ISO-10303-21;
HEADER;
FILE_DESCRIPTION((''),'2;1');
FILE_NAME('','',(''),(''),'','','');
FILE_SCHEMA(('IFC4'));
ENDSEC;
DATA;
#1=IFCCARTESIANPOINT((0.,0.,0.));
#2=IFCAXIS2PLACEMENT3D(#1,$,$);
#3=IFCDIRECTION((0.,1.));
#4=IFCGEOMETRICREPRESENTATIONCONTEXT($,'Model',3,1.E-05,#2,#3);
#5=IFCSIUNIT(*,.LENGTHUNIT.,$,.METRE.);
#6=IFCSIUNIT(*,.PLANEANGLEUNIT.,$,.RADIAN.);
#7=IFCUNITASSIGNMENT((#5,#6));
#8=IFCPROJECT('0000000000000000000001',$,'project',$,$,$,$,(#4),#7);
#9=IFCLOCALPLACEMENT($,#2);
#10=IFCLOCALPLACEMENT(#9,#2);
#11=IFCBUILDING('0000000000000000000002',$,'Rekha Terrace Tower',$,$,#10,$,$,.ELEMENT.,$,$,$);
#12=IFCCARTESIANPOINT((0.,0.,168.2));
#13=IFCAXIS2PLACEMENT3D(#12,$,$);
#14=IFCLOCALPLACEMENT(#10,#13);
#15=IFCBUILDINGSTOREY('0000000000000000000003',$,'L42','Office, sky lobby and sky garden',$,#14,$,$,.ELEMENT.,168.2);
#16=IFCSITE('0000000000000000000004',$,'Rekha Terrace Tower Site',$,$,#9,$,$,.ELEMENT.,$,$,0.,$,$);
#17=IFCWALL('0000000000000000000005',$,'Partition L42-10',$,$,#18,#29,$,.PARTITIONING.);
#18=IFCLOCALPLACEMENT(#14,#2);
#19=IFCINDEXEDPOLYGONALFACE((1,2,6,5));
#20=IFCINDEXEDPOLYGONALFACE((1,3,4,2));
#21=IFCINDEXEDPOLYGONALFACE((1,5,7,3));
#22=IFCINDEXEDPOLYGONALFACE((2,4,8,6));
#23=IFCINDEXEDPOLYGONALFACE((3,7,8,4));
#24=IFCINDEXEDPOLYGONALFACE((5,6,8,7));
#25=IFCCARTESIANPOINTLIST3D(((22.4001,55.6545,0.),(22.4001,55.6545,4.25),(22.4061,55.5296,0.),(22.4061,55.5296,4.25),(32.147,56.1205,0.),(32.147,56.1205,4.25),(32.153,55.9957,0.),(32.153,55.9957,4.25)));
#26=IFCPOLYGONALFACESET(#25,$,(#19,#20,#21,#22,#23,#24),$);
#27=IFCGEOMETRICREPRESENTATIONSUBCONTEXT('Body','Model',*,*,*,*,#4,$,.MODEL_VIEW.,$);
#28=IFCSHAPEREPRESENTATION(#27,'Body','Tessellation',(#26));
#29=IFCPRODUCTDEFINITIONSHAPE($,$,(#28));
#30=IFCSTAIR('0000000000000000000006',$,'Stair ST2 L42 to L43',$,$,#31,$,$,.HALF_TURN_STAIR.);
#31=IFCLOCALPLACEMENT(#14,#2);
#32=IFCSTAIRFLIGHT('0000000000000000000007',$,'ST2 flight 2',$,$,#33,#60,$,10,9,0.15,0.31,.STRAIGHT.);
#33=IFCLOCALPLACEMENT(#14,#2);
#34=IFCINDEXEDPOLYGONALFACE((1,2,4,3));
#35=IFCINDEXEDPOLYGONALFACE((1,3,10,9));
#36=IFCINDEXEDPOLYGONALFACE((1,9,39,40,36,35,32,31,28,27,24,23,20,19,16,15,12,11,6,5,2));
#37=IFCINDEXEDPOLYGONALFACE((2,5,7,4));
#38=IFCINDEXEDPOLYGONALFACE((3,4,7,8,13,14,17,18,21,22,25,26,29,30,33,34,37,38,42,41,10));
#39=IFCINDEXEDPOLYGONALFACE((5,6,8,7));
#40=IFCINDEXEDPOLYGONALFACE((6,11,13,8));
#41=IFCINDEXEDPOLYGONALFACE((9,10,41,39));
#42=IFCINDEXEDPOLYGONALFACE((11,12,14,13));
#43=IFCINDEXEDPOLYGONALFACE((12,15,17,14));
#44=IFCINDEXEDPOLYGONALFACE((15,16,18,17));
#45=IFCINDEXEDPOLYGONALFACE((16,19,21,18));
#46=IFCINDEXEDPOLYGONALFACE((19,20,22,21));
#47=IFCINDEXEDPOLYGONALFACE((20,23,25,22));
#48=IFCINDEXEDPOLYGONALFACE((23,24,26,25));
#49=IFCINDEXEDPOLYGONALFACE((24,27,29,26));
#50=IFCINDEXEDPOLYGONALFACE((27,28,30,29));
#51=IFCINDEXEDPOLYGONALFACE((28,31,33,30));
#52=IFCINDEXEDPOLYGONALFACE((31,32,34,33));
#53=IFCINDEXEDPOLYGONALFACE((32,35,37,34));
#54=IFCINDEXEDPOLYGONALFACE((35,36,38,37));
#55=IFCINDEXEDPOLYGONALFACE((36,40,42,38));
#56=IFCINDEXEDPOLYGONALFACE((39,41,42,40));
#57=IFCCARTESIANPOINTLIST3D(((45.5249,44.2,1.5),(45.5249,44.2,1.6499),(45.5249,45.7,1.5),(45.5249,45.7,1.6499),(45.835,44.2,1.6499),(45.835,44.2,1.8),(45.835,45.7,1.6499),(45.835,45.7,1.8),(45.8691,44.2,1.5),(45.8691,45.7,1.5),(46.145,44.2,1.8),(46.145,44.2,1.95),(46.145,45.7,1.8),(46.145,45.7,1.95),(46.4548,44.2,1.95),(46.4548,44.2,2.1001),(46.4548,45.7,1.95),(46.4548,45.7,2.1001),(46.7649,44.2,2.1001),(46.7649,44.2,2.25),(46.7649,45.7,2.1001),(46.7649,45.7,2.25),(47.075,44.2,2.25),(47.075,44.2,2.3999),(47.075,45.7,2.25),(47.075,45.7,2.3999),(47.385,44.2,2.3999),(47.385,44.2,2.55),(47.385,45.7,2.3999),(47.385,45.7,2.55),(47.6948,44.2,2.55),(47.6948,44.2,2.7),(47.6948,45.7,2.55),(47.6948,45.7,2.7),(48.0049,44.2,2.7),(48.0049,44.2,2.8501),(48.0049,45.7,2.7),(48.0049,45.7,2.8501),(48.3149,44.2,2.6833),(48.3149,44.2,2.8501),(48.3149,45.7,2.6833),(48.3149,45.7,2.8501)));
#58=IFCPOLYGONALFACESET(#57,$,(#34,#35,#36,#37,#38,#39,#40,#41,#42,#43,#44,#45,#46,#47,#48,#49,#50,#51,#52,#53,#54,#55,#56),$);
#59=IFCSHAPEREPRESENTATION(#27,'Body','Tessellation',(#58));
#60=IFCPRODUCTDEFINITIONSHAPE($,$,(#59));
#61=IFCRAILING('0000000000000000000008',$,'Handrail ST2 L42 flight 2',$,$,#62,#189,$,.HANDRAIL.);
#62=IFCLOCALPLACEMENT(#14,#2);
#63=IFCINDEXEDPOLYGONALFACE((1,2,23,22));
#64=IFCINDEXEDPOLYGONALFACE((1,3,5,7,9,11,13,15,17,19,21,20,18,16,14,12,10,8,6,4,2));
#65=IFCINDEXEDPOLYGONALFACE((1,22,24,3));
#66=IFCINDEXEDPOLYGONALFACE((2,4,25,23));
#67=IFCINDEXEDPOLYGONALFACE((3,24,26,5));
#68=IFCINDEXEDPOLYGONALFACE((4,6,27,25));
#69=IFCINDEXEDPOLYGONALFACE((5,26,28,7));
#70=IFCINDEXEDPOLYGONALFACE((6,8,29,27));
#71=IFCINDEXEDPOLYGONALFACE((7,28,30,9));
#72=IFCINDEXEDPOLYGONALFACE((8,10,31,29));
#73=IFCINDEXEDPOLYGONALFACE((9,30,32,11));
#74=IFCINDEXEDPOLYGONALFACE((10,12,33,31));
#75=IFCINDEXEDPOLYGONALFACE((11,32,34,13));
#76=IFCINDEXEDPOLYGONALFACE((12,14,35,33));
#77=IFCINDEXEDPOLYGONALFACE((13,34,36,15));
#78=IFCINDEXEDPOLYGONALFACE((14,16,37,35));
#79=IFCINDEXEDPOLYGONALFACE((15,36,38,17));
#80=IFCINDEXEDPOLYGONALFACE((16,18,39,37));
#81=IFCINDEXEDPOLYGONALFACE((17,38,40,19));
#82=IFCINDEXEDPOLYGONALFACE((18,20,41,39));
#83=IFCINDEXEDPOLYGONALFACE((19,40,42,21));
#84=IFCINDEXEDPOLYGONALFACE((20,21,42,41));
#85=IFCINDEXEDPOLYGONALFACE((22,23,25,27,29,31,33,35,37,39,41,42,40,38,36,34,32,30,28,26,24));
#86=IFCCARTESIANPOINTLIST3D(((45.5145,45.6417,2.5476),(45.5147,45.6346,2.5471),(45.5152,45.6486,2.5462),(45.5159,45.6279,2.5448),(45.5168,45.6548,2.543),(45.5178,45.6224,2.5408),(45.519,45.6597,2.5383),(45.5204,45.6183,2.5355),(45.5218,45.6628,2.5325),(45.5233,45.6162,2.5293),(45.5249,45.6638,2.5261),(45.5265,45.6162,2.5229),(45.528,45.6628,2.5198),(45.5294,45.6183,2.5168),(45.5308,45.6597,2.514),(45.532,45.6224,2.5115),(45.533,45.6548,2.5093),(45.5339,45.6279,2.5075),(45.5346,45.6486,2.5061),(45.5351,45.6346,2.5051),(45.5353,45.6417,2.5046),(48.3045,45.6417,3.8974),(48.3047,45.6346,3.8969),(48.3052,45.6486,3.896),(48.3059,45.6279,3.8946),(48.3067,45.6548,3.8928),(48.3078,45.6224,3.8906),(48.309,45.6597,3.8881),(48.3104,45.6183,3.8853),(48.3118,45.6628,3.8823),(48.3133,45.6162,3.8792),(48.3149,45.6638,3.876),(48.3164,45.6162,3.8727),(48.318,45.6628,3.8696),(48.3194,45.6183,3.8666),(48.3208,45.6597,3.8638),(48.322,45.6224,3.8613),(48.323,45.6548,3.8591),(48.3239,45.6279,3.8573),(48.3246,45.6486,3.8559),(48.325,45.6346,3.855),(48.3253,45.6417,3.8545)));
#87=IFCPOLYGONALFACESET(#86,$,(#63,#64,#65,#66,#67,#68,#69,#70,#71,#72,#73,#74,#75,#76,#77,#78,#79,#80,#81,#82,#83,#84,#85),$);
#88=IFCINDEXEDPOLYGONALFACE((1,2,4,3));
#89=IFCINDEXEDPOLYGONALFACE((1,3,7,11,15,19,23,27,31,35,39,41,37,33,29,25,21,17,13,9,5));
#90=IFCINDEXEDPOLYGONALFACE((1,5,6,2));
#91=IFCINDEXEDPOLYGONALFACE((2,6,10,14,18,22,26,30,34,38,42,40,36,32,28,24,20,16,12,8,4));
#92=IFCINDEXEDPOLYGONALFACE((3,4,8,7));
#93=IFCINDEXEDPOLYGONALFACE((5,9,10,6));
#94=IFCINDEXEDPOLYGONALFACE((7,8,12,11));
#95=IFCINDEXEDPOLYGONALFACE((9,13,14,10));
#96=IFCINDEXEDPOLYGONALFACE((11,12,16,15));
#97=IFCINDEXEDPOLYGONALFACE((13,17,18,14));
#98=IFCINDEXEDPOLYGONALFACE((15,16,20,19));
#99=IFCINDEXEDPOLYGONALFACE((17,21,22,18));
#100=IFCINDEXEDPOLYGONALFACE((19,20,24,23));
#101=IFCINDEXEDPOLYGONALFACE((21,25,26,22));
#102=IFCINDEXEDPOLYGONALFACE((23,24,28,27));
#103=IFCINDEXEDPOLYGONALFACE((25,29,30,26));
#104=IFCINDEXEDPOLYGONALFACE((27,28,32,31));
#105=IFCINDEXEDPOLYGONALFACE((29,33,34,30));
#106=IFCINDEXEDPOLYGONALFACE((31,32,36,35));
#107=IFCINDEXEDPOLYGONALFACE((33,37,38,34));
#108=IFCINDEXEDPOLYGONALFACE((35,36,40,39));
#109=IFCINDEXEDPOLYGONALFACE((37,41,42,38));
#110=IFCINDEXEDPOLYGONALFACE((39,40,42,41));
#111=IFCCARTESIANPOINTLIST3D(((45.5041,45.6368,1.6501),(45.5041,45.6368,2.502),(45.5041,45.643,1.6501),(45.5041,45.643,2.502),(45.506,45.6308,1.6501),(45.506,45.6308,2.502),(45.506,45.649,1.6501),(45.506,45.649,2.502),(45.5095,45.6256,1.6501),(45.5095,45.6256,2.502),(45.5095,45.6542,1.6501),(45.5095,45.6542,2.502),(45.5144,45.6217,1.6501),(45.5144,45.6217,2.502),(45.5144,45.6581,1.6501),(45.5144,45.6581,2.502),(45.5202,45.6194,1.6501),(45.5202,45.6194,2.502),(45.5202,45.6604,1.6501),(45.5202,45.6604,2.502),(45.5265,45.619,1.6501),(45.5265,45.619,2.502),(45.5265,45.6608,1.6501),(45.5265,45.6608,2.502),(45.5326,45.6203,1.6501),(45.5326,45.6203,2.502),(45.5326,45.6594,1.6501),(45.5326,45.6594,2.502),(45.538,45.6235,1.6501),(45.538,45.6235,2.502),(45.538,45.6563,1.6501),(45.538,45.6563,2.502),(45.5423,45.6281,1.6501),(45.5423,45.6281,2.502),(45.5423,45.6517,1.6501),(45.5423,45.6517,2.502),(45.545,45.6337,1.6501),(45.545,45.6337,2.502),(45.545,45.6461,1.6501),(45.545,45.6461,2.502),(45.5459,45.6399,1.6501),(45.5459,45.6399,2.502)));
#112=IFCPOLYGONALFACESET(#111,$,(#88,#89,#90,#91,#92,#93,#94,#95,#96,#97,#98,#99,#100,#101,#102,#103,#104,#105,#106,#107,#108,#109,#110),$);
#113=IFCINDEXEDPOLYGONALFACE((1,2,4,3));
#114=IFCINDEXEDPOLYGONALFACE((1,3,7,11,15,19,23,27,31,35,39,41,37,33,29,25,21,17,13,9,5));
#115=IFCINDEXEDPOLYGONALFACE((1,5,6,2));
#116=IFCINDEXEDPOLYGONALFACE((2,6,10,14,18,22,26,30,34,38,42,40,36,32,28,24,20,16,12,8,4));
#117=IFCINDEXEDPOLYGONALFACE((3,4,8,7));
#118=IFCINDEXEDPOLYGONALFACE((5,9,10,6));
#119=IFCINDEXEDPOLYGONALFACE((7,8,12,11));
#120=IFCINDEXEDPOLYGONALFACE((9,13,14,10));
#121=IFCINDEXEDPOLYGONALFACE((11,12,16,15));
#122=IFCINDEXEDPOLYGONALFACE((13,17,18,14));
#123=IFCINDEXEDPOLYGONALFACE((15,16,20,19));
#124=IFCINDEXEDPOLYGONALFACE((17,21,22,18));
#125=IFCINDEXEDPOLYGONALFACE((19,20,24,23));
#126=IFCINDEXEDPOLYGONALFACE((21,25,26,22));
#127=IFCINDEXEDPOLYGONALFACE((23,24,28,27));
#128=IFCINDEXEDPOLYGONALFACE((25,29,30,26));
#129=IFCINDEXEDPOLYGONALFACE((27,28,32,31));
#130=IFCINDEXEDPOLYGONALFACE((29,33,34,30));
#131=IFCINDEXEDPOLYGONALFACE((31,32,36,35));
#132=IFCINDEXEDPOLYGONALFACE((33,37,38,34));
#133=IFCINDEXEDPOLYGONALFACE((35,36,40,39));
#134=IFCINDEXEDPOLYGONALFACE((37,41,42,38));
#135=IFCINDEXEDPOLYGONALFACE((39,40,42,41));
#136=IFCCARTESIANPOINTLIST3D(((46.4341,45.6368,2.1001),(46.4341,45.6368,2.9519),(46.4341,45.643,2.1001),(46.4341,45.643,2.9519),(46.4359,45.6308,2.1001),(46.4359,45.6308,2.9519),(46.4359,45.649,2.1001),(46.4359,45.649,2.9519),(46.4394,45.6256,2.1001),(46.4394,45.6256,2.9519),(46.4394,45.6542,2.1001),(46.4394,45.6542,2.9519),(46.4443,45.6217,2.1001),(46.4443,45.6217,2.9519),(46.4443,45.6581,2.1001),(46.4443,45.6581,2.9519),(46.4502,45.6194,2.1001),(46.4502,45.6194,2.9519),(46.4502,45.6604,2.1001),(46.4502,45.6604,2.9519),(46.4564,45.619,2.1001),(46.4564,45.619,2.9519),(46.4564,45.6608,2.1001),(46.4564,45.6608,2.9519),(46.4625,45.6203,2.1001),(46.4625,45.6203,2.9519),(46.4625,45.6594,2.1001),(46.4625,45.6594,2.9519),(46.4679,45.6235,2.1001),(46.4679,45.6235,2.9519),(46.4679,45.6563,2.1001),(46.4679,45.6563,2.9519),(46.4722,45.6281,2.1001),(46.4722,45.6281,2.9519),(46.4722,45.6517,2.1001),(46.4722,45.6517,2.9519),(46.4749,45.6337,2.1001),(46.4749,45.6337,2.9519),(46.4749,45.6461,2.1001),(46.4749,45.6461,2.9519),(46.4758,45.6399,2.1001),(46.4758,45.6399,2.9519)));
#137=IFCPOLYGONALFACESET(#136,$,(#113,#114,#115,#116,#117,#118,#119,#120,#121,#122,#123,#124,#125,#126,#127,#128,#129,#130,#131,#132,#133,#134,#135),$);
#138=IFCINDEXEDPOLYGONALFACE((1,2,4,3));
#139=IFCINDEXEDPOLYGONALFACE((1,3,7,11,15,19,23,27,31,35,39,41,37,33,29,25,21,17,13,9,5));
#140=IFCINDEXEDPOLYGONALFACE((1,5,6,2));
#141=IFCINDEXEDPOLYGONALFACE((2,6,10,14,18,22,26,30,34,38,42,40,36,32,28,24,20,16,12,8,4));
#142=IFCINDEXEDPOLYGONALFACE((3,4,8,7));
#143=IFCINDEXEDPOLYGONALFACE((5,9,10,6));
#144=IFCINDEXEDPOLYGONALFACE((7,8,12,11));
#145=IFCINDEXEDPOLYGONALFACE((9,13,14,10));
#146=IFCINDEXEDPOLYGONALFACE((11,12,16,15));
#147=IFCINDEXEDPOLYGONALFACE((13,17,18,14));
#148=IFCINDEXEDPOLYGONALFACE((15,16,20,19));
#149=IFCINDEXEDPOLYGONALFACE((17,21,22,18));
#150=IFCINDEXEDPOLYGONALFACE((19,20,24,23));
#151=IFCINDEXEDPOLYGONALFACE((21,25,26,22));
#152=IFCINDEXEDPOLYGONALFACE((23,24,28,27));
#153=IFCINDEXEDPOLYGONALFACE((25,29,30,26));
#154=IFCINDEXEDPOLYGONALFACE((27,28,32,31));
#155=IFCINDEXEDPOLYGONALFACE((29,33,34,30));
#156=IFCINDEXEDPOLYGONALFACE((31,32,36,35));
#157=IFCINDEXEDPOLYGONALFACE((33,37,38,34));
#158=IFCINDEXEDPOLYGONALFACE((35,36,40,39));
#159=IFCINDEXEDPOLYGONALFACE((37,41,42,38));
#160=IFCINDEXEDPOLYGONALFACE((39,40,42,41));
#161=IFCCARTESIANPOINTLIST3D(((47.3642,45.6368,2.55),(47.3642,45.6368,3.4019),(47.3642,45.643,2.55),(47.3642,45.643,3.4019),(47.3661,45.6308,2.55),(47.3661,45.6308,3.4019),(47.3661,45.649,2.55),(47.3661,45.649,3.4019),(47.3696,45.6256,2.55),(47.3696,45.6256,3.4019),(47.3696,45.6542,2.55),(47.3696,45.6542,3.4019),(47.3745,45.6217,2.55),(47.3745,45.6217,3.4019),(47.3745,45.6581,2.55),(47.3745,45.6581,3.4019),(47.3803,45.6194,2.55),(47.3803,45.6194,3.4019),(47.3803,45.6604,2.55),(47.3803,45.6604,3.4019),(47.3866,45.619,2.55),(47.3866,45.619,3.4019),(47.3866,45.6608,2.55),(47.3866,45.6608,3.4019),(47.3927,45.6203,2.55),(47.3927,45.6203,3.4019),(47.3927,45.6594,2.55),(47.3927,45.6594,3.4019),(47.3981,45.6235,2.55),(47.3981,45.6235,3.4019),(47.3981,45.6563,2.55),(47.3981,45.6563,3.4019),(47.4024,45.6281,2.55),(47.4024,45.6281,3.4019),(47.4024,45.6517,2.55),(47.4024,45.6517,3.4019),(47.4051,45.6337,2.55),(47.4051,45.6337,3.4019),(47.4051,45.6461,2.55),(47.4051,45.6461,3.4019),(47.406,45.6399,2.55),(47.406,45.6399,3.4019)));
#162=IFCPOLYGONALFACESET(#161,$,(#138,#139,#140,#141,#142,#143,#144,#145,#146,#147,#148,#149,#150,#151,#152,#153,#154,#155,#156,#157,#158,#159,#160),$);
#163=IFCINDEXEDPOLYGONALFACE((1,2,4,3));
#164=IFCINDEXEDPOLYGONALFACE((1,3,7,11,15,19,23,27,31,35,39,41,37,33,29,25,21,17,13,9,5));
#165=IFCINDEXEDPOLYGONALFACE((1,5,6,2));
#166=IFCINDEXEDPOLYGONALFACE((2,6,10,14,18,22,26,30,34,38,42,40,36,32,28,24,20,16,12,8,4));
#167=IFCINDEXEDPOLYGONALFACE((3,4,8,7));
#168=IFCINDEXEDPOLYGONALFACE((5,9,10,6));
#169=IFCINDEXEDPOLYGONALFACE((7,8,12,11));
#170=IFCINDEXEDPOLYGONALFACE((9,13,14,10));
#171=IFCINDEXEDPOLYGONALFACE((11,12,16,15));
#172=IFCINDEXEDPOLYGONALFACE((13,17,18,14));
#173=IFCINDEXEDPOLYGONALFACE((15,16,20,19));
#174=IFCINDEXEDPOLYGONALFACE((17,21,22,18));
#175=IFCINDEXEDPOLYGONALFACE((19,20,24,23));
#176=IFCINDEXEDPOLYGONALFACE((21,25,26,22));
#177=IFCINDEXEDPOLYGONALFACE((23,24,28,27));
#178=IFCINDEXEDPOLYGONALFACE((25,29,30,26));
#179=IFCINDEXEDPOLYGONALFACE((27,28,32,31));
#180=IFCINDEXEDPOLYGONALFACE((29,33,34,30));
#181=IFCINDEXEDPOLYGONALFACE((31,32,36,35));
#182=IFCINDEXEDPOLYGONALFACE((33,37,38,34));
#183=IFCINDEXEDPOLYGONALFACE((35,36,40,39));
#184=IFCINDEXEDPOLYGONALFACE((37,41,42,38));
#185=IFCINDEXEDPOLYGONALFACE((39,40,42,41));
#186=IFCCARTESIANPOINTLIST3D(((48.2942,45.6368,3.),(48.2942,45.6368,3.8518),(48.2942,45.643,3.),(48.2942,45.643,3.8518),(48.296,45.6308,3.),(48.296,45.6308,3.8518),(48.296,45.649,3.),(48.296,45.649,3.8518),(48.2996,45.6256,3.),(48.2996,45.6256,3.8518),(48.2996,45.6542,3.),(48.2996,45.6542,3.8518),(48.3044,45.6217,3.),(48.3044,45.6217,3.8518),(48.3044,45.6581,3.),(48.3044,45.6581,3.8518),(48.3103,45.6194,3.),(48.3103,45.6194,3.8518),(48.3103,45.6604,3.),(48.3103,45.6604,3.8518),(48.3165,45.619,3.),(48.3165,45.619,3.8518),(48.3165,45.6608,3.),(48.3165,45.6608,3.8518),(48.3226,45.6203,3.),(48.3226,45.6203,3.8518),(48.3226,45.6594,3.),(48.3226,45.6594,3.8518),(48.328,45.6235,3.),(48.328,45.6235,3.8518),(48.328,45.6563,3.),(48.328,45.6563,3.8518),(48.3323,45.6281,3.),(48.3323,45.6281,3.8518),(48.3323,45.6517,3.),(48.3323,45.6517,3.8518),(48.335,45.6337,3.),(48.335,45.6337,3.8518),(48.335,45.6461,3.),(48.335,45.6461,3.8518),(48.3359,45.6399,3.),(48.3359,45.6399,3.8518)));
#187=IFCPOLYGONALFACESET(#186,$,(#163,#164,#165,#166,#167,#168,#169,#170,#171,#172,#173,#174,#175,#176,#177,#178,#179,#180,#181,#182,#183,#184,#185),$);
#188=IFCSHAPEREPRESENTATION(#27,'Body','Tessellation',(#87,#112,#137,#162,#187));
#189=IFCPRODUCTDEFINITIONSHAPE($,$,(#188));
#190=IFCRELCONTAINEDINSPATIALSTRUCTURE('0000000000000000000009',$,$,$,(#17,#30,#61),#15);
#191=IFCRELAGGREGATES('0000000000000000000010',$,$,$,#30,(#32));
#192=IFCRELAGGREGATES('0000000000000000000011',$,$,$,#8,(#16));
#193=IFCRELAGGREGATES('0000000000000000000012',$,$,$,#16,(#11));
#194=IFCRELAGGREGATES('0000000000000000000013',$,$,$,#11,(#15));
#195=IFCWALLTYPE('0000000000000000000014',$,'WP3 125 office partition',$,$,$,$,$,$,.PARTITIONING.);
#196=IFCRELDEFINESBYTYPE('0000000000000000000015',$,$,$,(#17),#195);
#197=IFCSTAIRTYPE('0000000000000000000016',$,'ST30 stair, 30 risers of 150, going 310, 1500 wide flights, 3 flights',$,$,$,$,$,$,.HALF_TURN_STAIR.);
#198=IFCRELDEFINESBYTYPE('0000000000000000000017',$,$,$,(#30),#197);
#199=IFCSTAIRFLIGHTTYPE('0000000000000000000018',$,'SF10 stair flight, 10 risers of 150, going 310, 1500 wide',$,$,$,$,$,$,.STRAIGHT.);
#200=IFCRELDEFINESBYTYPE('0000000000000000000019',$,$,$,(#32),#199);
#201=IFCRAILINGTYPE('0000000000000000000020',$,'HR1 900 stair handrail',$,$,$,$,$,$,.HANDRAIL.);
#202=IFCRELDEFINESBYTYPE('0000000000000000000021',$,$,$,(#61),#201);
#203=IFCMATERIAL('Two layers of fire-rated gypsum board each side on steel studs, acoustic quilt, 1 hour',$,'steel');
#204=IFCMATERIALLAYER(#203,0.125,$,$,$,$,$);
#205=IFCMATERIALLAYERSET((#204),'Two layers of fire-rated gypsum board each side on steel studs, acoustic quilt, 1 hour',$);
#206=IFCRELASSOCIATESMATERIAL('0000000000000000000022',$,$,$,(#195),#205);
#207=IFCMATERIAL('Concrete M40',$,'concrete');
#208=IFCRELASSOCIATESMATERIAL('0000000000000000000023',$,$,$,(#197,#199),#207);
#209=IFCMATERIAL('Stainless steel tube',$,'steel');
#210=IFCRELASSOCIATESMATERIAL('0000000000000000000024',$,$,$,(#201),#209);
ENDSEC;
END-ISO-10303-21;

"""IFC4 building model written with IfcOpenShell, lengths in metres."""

from ifc_helpers import new_model, si_unit, direction, frame, frame_2d, origin, origin_2d, place, context, subcontext, project, spatial, polyline, rectangle, circle, outline, extrude, material, layer, layer_set, type_object, element, aggregate, save


model = new_model("IFC4")

# Units and contexts
model_context = context("Model", 3, precision=1e-05, world=origin(), true_north=direction((0.0, 1.0)))
body_context = subcontext(model_context, "Body", "Model", "MODEL_VIEW")
ifc_project = project(units=[si_unit("LENGTHUNIT", "METRE"), si_unit("PLANEANGLEUNIT", "RADIAN")], contexts=[model_context])

# Site, building, storey
site_placement = place(None, origin())
site = spatial("IfcSite", under=ifc_project, at=site_placement, Name="Rekha Terrace Tower Site", CompositionType="ELEMENT", RefElevation=0.0)
building_placement = place(site_placement, origin())
building = spatial("IfcBuilding", under=site, at=building_placement, Name="Rekha Terrace Tower", CompositionType="ELEMENT")
storey_placement = place(building_placement, frame((0.0, 0.0, 168.2)))
storey = spatial("IfcBuildingStorey", under=building, at=storey_placement, Name="L42", Description="Office, sky lobby and sky garden", CompositionType="ELEMENT", Elevation=168.2)

# Shared definitions
ifc_material_1 = material(Name="Two layers of fire-rated gypsum board each side on steel studs, acoustic quilt, 1 hour", Category="steel")
ifc_layer_1 = layer(ifc_material_1, 0.125)
ifc_layer_set_1 = layer_set([ifc_layer_1], Name="Two layers of fire-rated gypsum board each side on steel studs, acoustic quilt, 1 hour")
wall_type_1 = type_object("IfcWallType", Name="WP3 125 office partition", PredefinedType="PARTITIONING", material=ifc_layer_set_1)

# Wall
wall_1_placement = place(storey_placement, frame((32.1499, 56.0581, 0.0), z_axis=(0.0, 0.0, 1.0), x_axis=(-0.998859, -0.047762, 0.0)))
element("IfcWall", 1, at=wall_1_placement, inside=storey, type_object=wall_type_1, Name="Partition L42-10", PredefinedType="PARTITIONING", context=body_context, shape_type="SweptSolid", body=[
    extrude(rectangle(XDim=9.7581, YDim=0.125, at=frame_2d((4.8789, 0.0))), origin(), (0.0, 0.0, 1.0), 4.25),
])

# Stair, stair flight
ifc_material_2 = material(Name="Concrete M40", Category="concrete")
stair_type = type_object("IfcStairType", Name="ST30 stair, 30 risers of 150, going 310, 1500 wide flights, 3 flights", PredefinedType="HALF_TURN_STAIR", material=ifc_material_2)
stair_placement = place(storey_placement, origin())
stair = element("IfcStair", 2, at=stair_placement, inside=storey, type_object=stair_type, Name="Stair ST2 L42 to L43", PredefinedType="HALF_TURN_STAIR")
stair_flight_type = type_object("IfcStairFlightType", Name="SF10 stair flight, 10 risers of 150, going 310, 1500 wide", PredefinedType="STRAIGHT", material=ifc_material_2)
stair_flight_placement = place(storey_placement, frame((45.5249, 44.95, 1.5), z_axis=(0.0, 0.0, 1.0), x_axis=(1.0, 0.0, 0.0)))
stair_flight = element("IfcStairFlight", 3, at=stair_flight_placement, type_object=stair_flight_type, Name="ST2 flight 2", NumberOfRisers=10, NumberOfTreads=9, PredefinedType="STRAIGHT", RiserHeight=0.15, TreadLength=0.31, context=body_context, shape_type="SweptSolid", body=[
    extrude(outline(polyline([(0.0, 0.0), (0.0, 0.1499), (0.3101, 0.1499), (0.3101, 0.3), (0.6201, 0.3), (0.6201, 0.45), (0.9299, 0.45), (0.9299, 0.6001), (1.24, 0.6001), (1.24, 0.75), (1.55, 0.75), (1.55, 0.8999), (1.8601, 0.8999), (1.8601, 1.05), (2.1699, 1.05), (2.1699, 1.2), (2.48, 1.2), (2.48, 1.3501), (2.79, 1.3501), (2.79, 1.5), (2.79, 1.1833), (0.3442, 0.0), (0.0, 0.0)])), frame((0.0, 0.75, 0.0), z_axis=(0.0, -1.0, 0.0), x_axis=(1.0, 0.0, 0.0)), (0.0, 0.0, 1.0), 1.5),
])
aggregate(stair, [stair_flight])

# Railing
ifc_material_3 = material(Name="Stainless steel tube", Category="steel")
railing_type = type_object("IfcRailingType", Name="HR1 900 stair handrail", PredefinedType="HANDRAIL", material=ifc_material_3)
railing_placement = place(storey_placement, frame((45.5249, 45.6399, 1.6501)))
element("IfcRailing", 4, at=railing_placement, inside=storey, type_object=railing_type, Name="Handrail ST2 L42 flight 2", PredefinedType="HANDRAIL", context=body_context, shape_type="SweptSolid", body=[
    extrude(circle(Radius=0.0239, at=origin_2d()), frame((0.0, 0.0, 0.876), z_axis=(0.90018, 0.0, 0.435518), x_axis=(0.0, 1.0, 0.0)), (0.0, 0.0, 1.0), 3.0994),
    extrude(circle(Radius=0.021, at=origin_2d()), origin(), (0.0, 0.0, 1.0), 0.8518),
    extrude(circle(Radius=0.021, at=origin_2d()), frame((0.9299, 0.0, 0.45)), (0.0, 0.0, 1.0), 0.8518),
    extrude(circle(Radius=0.021, at=origin_2d()), frame((1.8601, 0.0, 0.8999)), (0.0, 0.0, 1.0), 0.8518),
    extrude(circle(Radius=0.021, at=origin_2d()), frame((2.79, 0.0, 1.3499)), (0.0, 0.0, 1.0), 0.8518),
])

save(model, "model.ifc")
